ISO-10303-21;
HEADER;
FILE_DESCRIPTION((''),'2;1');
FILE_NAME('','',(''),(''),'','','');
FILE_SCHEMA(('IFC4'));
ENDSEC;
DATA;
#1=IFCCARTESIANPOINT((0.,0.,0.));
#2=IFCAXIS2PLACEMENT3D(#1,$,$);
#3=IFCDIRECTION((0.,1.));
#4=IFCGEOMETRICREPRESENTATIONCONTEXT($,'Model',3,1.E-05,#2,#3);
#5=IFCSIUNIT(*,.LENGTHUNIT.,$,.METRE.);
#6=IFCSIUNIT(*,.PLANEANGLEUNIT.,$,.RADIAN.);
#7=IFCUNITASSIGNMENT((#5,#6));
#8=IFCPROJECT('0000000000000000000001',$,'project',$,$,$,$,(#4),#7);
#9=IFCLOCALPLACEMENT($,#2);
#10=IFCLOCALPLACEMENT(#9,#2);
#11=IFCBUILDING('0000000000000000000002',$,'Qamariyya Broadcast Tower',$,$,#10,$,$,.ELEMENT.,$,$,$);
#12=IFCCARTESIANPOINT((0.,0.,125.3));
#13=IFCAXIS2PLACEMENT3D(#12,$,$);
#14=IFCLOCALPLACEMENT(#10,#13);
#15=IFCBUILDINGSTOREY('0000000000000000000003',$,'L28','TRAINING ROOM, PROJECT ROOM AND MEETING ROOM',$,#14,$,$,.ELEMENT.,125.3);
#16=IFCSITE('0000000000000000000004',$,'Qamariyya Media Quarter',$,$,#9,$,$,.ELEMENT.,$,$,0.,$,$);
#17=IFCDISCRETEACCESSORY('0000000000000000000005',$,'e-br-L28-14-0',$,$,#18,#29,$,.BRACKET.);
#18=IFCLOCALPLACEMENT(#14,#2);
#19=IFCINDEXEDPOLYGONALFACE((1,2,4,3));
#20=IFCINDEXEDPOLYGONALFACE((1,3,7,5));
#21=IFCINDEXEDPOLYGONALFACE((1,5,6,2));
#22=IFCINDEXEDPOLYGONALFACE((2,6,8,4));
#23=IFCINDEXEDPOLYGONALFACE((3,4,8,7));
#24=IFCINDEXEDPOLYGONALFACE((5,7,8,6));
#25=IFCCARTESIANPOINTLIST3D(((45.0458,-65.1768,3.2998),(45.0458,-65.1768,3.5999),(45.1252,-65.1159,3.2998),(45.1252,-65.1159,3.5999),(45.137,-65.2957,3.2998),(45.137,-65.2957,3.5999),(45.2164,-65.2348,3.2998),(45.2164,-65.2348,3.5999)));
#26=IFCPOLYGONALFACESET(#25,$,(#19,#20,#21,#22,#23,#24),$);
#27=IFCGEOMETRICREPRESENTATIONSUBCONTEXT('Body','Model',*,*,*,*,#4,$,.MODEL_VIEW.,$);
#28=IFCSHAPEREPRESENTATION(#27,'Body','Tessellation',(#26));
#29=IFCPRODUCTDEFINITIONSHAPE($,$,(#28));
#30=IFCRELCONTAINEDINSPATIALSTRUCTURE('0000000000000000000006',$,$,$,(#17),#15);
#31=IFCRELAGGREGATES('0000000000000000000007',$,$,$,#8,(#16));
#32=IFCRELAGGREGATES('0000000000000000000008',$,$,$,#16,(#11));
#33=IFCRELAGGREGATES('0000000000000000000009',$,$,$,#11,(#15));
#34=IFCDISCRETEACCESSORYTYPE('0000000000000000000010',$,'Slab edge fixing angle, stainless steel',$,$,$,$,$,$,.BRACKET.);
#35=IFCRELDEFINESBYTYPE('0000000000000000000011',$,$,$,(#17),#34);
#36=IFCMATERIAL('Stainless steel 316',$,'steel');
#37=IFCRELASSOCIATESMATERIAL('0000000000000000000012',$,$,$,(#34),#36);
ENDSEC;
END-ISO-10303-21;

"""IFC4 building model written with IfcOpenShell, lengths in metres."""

from ifc_helpers import new_model, si_unit, direction, frame, origin, origin_2d, place, context, subcontext, project, spatial, rectangle, extrude, material, type_object, element, save


model = new_model("IFC4")

# Units and contexts
model_context = context("Model", 3, precision=1e-05, world=origin(), true_north=direction((0.0, 1.0)))
body_context = subcontext(model_context, "Body", "Model", "MODEL_VIEW")
ifc_project = project(units=[si_unit("LENGTHUNIT", "METRE"), si_unit("PLANEANGLEUNIT", "RADIAN")], contexts=[model_context])

# Site, building, storey
site_placement = place(None, origin())
site = spatial("IfcSite", under=ifc_project, at=site_placement, Name="Qamariyya Media Quarter", CompositionType="ELEMENT", RefElevation=0.0)
building_placement = place(site_placement, origin())
building = spatial("IfcBuilding", under=site, at=building_placement, Name="Qamariyya Broadcast Tower", CompositionType="ELEMENT")
storey_placement = place(building_placement, frame((0.0, 0.0, 125.3)))
storey = spatial("IfcBuildingStorey", under=building, at=storey_placement, Name="L28", Description="TRAINING ROOM, PROJECT ROOM AND MEETING ROOM", CompositionType="ELEMENT", Elevation=125.3)

# Discrete accessory
ifc_material_1 = material(Name="Stainless steel 316", Category="steel")
discrete_accessory_type = type_object("IfcDiscreteAccessoryType", Name="Slab edge fixing angle, stainless steel", PredefinedType="BRACKET", material=ifc_material_1)
discrete_accessory_1_placement = place(storey_placement, frame((45.1311, -65.2058, 3.2998), z_axis=(0.0, 0.0, 1.0), x_axis=(0.793353, 0.608761, 0.0)))
element("IfcDiscreteAccessory", 1, at=discrete_accessory_1_placement, inside=storey, type_object=discrete_accessory_type, Name="e-br-L28-14-0", PredefinedType="BRACKET", context=body_context, shape_type="SweptSolid", body=[
    extrude(rectangle(XDim=0.1001, YDim=0.1499, at=origin_2d()), origin(), (0.0, 0.0, 1.0), 0.3),
])

save(model, "model.ifc")
